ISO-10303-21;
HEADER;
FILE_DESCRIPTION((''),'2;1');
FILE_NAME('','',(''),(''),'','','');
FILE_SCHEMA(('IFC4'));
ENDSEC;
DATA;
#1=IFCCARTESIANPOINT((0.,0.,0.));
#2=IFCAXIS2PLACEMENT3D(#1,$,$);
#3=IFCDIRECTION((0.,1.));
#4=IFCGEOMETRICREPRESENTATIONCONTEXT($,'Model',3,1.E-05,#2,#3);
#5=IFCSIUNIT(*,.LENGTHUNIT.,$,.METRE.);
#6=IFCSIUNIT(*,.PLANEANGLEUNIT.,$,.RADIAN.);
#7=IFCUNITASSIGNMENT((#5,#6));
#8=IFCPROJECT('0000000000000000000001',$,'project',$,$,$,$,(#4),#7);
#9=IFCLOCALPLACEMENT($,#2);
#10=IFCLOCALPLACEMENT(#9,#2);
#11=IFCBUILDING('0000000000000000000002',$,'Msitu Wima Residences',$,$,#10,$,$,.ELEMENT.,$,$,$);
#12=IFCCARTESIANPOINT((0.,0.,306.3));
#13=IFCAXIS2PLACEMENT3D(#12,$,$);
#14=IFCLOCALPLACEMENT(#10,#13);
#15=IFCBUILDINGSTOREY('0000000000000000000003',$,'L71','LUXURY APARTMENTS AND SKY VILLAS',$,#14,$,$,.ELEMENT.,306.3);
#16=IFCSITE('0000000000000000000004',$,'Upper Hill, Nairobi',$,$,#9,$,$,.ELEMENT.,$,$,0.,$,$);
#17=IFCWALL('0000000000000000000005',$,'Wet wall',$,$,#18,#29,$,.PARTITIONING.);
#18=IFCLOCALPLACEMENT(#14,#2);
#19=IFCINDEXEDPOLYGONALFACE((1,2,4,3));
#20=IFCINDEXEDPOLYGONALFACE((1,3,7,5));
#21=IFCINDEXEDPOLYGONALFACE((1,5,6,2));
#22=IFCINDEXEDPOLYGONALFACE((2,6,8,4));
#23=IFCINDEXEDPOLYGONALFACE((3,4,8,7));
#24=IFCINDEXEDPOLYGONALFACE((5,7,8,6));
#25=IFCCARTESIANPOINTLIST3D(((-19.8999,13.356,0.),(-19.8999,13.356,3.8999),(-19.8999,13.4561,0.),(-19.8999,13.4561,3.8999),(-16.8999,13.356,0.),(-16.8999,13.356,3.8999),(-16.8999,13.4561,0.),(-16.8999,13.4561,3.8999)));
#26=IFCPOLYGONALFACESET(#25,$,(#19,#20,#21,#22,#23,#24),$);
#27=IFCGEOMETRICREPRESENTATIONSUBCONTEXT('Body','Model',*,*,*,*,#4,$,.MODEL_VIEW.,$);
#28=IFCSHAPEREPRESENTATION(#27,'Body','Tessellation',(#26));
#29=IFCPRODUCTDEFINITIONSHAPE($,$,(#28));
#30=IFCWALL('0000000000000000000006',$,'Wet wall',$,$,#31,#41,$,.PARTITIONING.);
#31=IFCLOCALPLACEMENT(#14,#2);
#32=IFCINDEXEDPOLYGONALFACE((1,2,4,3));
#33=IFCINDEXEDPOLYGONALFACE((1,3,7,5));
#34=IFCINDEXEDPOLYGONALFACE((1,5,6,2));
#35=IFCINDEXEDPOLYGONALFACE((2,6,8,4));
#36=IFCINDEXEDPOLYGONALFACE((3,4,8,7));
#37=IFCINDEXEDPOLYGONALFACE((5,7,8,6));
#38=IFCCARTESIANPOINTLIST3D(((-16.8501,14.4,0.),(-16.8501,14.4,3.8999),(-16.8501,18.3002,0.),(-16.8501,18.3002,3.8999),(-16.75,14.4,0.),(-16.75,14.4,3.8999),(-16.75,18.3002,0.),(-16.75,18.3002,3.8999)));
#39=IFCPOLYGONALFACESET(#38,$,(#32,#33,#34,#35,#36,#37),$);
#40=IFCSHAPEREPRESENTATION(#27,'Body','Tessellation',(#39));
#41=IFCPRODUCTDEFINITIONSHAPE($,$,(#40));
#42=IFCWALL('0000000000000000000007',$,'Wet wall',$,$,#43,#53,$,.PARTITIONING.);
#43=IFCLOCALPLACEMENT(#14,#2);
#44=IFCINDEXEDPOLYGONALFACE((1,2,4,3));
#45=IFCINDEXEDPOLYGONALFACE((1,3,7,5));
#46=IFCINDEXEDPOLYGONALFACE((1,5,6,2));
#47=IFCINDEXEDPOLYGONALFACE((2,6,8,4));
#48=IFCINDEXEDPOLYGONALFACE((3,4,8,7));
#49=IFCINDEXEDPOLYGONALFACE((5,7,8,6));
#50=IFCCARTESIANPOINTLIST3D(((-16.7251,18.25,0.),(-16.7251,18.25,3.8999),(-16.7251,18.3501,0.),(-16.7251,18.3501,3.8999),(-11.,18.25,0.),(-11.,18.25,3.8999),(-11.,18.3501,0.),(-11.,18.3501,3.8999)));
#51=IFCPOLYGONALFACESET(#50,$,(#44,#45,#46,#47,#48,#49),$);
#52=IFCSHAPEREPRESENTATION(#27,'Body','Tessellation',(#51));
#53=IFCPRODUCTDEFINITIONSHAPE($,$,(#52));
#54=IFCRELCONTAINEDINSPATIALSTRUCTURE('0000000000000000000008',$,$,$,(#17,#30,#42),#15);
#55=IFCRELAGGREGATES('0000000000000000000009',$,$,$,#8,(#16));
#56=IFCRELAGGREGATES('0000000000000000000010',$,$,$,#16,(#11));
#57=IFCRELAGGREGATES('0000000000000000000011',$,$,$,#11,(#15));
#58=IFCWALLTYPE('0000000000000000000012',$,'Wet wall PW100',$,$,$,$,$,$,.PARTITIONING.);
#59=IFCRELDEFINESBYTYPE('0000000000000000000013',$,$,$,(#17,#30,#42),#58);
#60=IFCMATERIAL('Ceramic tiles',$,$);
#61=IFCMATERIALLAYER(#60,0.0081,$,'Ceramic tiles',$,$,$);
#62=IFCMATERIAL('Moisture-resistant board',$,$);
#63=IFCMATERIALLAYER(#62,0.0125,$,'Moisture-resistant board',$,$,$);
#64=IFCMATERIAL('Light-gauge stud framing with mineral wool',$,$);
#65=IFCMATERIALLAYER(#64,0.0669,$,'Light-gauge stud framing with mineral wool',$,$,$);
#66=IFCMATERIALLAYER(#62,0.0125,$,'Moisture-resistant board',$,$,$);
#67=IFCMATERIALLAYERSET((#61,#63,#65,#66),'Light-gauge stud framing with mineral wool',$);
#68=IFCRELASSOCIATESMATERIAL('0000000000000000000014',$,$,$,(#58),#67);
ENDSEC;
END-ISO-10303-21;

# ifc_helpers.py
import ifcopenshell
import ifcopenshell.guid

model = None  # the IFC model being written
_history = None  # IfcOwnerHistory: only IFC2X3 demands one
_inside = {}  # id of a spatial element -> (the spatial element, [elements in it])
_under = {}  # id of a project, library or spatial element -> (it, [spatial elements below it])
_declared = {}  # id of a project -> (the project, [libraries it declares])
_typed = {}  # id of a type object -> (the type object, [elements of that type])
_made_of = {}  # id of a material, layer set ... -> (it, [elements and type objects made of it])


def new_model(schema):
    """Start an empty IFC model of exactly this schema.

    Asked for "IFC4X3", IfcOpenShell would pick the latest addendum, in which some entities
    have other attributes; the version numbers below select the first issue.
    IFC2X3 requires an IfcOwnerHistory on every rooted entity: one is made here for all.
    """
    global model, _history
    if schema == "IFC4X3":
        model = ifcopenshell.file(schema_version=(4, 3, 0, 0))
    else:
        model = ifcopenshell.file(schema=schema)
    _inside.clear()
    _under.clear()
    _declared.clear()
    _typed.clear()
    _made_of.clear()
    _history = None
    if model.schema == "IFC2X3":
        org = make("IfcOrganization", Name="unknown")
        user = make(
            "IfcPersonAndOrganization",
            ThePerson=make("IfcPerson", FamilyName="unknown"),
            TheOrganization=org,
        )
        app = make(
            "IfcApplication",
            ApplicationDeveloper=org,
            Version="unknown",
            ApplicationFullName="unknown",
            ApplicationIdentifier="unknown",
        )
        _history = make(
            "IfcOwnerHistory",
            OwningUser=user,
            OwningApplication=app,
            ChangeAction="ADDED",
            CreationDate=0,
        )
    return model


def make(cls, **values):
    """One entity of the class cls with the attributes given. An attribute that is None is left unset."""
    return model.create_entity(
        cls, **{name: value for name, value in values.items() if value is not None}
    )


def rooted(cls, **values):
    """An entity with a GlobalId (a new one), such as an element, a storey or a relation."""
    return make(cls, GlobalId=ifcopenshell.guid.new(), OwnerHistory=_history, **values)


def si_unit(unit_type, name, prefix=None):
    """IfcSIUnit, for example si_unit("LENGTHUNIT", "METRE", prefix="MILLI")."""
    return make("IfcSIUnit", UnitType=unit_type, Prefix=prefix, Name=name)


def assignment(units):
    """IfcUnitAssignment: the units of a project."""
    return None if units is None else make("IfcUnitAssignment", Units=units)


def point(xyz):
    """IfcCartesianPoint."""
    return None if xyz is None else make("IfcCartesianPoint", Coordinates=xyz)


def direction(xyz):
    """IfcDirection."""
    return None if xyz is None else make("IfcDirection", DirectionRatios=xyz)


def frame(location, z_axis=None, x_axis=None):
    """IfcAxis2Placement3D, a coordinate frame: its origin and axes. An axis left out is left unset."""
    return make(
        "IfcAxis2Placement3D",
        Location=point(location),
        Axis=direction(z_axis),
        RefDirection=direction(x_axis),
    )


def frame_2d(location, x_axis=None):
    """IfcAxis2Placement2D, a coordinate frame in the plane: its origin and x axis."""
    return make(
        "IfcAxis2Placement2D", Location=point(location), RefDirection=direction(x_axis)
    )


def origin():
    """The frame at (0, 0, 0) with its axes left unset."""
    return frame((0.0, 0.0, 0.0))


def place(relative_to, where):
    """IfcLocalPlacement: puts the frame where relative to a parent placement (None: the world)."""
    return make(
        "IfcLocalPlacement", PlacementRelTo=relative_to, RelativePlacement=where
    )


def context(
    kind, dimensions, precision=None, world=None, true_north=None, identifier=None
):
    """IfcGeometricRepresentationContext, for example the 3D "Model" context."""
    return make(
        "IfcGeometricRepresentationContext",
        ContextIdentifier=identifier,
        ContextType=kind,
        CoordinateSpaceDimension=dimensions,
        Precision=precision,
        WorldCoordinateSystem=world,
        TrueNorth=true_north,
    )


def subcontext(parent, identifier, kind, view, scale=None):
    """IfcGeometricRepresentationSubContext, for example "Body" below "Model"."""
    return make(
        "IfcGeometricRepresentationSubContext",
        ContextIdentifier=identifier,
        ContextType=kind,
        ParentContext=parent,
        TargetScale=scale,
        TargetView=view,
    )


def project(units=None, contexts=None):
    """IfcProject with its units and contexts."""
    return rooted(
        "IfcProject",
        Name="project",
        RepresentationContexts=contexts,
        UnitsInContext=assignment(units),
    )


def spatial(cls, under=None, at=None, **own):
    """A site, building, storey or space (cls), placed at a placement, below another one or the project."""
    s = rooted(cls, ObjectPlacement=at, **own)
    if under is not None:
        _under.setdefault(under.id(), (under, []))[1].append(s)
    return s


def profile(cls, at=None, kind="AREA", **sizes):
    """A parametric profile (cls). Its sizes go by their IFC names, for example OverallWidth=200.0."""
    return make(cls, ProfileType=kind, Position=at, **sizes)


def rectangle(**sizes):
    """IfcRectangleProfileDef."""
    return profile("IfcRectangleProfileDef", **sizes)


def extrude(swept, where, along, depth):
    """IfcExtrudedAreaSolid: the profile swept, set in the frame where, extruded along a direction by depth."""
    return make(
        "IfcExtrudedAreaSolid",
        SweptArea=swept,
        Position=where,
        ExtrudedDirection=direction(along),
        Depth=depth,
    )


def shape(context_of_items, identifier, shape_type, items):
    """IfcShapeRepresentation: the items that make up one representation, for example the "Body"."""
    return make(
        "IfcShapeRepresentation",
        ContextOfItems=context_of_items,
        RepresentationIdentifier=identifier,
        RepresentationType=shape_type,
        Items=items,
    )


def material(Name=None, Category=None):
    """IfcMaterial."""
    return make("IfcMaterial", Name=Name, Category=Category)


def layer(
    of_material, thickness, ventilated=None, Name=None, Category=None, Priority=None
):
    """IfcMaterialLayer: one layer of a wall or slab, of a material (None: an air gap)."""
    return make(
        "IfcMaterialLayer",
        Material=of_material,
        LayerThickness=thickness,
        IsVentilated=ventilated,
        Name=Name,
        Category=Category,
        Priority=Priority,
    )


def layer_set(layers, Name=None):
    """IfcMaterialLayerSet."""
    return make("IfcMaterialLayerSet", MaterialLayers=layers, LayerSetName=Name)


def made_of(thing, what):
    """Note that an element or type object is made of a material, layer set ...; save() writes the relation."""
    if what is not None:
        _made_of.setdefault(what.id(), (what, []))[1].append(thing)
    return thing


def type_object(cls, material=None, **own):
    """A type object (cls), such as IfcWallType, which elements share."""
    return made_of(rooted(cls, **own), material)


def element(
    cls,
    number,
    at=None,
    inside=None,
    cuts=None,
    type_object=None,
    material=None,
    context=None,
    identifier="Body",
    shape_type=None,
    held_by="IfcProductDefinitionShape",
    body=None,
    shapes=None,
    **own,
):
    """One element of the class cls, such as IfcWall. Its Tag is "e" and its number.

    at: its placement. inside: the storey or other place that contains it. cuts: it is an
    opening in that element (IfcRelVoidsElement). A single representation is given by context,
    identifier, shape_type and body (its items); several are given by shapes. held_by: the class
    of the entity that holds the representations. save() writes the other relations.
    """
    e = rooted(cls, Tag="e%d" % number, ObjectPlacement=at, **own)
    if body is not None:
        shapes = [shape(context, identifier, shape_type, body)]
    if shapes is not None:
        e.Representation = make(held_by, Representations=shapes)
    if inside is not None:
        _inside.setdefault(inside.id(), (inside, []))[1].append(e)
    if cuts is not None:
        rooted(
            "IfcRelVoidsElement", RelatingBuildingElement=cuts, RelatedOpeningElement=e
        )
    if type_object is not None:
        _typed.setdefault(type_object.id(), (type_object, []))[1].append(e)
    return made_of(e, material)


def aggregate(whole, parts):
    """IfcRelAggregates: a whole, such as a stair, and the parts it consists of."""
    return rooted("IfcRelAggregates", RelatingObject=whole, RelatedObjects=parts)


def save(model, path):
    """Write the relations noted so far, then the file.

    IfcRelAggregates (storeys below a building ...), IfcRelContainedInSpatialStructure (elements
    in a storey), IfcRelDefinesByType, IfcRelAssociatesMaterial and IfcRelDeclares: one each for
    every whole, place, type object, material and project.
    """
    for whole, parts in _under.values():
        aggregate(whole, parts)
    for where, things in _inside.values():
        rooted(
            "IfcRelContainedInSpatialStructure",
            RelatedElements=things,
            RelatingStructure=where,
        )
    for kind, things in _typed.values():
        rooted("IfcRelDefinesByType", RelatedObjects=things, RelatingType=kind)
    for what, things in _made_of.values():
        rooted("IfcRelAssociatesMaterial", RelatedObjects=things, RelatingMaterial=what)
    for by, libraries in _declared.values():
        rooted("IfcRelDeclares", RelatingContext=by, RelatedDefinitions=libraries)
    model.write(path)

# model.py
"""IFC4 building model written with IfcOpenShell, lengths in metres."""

from ifc_helpers import new_model, si_unit, direction, frame, frame_2d, origin, place, context, subcontext, project, spatial, rectangle, extrude, material, layer, layer_set, type_object, element, save


model = new_model("IFC4")

# Units and contexts
model_context = context("Model", 3, precision=1e-05, world=origin(), true_north=direction((0.0, 1.0)))
body_context = subcontext(model_context, "Body", "Model", "MODEL_VIEW")
ifc_project = project(units=[si_unit("LENGTHUNIT", "METRE"), si_unit("PLANEANGLEUNIT", "RADIAN")], contexts=[model_context])

# Site, building, storey
site_placement = place(None, origin())
site = spatial("IfcSite", under=ifc_project, at=site_placement, Name="Upper Hill, Nairobi", CompositionType="ELEMENT", RefElevation=0.0)
building_placement = place(site_placement, origin())
building = spatial("IfcBuilding", under=site, at=building_placement, Name="Msitu Wima Residences", CompositionType="ELEMENT")
storey_placement = place(building_placement, frame((0.0, 0.0, 306.3)))
storey = spatial("IfcBuildingStorey", under=building, at=storey_placement, Name="L71", Description="LUXURY APARTMENTS AND SKY VILLAS", CompositionType="ELEMENT", Elevation=306.3)

# Walls
ifc_material_1 = material(Name="Ceramic tiles")
ifc_layer_1 = layer(ifc_material_1, 0.0081, Name="Ceramic tiles")
ifc_material_2 = material(Name="Moisture-resistant board")
ifc_layer_2 = layer(ifc_material_2, 0.0125, Name="Moisture-resistant board")
ifc_material_3 = material(Name="Light-gauge stud framing with mineral wool")
ifc_layer_3 = layer(ifc_material_3, 0.0669, Name="Light-gauge stud framing with mineral wool")
ifc_layer_4 = layer(ifc_material_2, 0.0125, Name="Moisture-resistant board")
ifc_layer_set_1 = layer_set([ifc_layer_1, ifc_layer_2, ifc_layer_3, ifc_layer_4], Name="Light-gauge stud framing with mineral wool")
wall_type_1 = type_object("IfcWallType", Name="Wet wall PW100", PredefinedType="PARTITIONING", material=ifc_layer_set_1)
wall_1_placement = place(storey_placement, frame((-19.8999, 13.406, 0.0), z_axis=(0.0, 0.0, 1.0), x_axis=(1.0, 0.0, 0.0)))
element("IfcWall", 1, at=wall_1_placement, inside=storey, type_object=wall_type_1, Name="Wet wall", PredefinedType="PARTITIONING", context=body_context, shape_type="SweptSolid", body=[
    extrude(rectangle(XDim=3.0, YDim=0.1001, at=frame_2d((1.5, 0.0))), origin(), (0.0, 0.0, 1.0), 3.8999),
])
wall_2_placement = place(storey_placement, frame((-16.8, 14.3999, 0.0), z_axis=(0.0, 0.0, 1.0), x_axis=(0.0, 1.0, 0.0)))
element("IfcWall", 2, at=wall_2_placement, inside=storey, type_object=wall_type_1, Name="Wet wall", PredefinedType="PARTITIONING", context=body_context, shape_type="SweptSolid", body=[
    extrude(rectangle(XDim=3.9001, YDim=0.1001, at=frame_2d((1.9502, 0.0))), origin(), (0.0, 0.0, 1.0), 3.8999),
])
wall_3_placement = place(storey_placement, frame((-16.7251, 18.3, 0.0), z_axis=(0.0, 0.0, 1.0), x_axis=(1.0, 0.0, 0.0)))
element("IfcWall", 3, at=wall_3_placement, inside=storey, type_object=wall_type_1, Name="Wet wall", PredefinedType="PARTITIONING", context=body_context, shape_type="SweptSolid", body=[
    extrude(rectangle(XDim=5.7251, YDim=0.1001, at=frame_2d((2.8625, 0.0))), origin(), (0.0, 0.0, 1.0), 3.8999),
])

save(model, "model.ifc")
